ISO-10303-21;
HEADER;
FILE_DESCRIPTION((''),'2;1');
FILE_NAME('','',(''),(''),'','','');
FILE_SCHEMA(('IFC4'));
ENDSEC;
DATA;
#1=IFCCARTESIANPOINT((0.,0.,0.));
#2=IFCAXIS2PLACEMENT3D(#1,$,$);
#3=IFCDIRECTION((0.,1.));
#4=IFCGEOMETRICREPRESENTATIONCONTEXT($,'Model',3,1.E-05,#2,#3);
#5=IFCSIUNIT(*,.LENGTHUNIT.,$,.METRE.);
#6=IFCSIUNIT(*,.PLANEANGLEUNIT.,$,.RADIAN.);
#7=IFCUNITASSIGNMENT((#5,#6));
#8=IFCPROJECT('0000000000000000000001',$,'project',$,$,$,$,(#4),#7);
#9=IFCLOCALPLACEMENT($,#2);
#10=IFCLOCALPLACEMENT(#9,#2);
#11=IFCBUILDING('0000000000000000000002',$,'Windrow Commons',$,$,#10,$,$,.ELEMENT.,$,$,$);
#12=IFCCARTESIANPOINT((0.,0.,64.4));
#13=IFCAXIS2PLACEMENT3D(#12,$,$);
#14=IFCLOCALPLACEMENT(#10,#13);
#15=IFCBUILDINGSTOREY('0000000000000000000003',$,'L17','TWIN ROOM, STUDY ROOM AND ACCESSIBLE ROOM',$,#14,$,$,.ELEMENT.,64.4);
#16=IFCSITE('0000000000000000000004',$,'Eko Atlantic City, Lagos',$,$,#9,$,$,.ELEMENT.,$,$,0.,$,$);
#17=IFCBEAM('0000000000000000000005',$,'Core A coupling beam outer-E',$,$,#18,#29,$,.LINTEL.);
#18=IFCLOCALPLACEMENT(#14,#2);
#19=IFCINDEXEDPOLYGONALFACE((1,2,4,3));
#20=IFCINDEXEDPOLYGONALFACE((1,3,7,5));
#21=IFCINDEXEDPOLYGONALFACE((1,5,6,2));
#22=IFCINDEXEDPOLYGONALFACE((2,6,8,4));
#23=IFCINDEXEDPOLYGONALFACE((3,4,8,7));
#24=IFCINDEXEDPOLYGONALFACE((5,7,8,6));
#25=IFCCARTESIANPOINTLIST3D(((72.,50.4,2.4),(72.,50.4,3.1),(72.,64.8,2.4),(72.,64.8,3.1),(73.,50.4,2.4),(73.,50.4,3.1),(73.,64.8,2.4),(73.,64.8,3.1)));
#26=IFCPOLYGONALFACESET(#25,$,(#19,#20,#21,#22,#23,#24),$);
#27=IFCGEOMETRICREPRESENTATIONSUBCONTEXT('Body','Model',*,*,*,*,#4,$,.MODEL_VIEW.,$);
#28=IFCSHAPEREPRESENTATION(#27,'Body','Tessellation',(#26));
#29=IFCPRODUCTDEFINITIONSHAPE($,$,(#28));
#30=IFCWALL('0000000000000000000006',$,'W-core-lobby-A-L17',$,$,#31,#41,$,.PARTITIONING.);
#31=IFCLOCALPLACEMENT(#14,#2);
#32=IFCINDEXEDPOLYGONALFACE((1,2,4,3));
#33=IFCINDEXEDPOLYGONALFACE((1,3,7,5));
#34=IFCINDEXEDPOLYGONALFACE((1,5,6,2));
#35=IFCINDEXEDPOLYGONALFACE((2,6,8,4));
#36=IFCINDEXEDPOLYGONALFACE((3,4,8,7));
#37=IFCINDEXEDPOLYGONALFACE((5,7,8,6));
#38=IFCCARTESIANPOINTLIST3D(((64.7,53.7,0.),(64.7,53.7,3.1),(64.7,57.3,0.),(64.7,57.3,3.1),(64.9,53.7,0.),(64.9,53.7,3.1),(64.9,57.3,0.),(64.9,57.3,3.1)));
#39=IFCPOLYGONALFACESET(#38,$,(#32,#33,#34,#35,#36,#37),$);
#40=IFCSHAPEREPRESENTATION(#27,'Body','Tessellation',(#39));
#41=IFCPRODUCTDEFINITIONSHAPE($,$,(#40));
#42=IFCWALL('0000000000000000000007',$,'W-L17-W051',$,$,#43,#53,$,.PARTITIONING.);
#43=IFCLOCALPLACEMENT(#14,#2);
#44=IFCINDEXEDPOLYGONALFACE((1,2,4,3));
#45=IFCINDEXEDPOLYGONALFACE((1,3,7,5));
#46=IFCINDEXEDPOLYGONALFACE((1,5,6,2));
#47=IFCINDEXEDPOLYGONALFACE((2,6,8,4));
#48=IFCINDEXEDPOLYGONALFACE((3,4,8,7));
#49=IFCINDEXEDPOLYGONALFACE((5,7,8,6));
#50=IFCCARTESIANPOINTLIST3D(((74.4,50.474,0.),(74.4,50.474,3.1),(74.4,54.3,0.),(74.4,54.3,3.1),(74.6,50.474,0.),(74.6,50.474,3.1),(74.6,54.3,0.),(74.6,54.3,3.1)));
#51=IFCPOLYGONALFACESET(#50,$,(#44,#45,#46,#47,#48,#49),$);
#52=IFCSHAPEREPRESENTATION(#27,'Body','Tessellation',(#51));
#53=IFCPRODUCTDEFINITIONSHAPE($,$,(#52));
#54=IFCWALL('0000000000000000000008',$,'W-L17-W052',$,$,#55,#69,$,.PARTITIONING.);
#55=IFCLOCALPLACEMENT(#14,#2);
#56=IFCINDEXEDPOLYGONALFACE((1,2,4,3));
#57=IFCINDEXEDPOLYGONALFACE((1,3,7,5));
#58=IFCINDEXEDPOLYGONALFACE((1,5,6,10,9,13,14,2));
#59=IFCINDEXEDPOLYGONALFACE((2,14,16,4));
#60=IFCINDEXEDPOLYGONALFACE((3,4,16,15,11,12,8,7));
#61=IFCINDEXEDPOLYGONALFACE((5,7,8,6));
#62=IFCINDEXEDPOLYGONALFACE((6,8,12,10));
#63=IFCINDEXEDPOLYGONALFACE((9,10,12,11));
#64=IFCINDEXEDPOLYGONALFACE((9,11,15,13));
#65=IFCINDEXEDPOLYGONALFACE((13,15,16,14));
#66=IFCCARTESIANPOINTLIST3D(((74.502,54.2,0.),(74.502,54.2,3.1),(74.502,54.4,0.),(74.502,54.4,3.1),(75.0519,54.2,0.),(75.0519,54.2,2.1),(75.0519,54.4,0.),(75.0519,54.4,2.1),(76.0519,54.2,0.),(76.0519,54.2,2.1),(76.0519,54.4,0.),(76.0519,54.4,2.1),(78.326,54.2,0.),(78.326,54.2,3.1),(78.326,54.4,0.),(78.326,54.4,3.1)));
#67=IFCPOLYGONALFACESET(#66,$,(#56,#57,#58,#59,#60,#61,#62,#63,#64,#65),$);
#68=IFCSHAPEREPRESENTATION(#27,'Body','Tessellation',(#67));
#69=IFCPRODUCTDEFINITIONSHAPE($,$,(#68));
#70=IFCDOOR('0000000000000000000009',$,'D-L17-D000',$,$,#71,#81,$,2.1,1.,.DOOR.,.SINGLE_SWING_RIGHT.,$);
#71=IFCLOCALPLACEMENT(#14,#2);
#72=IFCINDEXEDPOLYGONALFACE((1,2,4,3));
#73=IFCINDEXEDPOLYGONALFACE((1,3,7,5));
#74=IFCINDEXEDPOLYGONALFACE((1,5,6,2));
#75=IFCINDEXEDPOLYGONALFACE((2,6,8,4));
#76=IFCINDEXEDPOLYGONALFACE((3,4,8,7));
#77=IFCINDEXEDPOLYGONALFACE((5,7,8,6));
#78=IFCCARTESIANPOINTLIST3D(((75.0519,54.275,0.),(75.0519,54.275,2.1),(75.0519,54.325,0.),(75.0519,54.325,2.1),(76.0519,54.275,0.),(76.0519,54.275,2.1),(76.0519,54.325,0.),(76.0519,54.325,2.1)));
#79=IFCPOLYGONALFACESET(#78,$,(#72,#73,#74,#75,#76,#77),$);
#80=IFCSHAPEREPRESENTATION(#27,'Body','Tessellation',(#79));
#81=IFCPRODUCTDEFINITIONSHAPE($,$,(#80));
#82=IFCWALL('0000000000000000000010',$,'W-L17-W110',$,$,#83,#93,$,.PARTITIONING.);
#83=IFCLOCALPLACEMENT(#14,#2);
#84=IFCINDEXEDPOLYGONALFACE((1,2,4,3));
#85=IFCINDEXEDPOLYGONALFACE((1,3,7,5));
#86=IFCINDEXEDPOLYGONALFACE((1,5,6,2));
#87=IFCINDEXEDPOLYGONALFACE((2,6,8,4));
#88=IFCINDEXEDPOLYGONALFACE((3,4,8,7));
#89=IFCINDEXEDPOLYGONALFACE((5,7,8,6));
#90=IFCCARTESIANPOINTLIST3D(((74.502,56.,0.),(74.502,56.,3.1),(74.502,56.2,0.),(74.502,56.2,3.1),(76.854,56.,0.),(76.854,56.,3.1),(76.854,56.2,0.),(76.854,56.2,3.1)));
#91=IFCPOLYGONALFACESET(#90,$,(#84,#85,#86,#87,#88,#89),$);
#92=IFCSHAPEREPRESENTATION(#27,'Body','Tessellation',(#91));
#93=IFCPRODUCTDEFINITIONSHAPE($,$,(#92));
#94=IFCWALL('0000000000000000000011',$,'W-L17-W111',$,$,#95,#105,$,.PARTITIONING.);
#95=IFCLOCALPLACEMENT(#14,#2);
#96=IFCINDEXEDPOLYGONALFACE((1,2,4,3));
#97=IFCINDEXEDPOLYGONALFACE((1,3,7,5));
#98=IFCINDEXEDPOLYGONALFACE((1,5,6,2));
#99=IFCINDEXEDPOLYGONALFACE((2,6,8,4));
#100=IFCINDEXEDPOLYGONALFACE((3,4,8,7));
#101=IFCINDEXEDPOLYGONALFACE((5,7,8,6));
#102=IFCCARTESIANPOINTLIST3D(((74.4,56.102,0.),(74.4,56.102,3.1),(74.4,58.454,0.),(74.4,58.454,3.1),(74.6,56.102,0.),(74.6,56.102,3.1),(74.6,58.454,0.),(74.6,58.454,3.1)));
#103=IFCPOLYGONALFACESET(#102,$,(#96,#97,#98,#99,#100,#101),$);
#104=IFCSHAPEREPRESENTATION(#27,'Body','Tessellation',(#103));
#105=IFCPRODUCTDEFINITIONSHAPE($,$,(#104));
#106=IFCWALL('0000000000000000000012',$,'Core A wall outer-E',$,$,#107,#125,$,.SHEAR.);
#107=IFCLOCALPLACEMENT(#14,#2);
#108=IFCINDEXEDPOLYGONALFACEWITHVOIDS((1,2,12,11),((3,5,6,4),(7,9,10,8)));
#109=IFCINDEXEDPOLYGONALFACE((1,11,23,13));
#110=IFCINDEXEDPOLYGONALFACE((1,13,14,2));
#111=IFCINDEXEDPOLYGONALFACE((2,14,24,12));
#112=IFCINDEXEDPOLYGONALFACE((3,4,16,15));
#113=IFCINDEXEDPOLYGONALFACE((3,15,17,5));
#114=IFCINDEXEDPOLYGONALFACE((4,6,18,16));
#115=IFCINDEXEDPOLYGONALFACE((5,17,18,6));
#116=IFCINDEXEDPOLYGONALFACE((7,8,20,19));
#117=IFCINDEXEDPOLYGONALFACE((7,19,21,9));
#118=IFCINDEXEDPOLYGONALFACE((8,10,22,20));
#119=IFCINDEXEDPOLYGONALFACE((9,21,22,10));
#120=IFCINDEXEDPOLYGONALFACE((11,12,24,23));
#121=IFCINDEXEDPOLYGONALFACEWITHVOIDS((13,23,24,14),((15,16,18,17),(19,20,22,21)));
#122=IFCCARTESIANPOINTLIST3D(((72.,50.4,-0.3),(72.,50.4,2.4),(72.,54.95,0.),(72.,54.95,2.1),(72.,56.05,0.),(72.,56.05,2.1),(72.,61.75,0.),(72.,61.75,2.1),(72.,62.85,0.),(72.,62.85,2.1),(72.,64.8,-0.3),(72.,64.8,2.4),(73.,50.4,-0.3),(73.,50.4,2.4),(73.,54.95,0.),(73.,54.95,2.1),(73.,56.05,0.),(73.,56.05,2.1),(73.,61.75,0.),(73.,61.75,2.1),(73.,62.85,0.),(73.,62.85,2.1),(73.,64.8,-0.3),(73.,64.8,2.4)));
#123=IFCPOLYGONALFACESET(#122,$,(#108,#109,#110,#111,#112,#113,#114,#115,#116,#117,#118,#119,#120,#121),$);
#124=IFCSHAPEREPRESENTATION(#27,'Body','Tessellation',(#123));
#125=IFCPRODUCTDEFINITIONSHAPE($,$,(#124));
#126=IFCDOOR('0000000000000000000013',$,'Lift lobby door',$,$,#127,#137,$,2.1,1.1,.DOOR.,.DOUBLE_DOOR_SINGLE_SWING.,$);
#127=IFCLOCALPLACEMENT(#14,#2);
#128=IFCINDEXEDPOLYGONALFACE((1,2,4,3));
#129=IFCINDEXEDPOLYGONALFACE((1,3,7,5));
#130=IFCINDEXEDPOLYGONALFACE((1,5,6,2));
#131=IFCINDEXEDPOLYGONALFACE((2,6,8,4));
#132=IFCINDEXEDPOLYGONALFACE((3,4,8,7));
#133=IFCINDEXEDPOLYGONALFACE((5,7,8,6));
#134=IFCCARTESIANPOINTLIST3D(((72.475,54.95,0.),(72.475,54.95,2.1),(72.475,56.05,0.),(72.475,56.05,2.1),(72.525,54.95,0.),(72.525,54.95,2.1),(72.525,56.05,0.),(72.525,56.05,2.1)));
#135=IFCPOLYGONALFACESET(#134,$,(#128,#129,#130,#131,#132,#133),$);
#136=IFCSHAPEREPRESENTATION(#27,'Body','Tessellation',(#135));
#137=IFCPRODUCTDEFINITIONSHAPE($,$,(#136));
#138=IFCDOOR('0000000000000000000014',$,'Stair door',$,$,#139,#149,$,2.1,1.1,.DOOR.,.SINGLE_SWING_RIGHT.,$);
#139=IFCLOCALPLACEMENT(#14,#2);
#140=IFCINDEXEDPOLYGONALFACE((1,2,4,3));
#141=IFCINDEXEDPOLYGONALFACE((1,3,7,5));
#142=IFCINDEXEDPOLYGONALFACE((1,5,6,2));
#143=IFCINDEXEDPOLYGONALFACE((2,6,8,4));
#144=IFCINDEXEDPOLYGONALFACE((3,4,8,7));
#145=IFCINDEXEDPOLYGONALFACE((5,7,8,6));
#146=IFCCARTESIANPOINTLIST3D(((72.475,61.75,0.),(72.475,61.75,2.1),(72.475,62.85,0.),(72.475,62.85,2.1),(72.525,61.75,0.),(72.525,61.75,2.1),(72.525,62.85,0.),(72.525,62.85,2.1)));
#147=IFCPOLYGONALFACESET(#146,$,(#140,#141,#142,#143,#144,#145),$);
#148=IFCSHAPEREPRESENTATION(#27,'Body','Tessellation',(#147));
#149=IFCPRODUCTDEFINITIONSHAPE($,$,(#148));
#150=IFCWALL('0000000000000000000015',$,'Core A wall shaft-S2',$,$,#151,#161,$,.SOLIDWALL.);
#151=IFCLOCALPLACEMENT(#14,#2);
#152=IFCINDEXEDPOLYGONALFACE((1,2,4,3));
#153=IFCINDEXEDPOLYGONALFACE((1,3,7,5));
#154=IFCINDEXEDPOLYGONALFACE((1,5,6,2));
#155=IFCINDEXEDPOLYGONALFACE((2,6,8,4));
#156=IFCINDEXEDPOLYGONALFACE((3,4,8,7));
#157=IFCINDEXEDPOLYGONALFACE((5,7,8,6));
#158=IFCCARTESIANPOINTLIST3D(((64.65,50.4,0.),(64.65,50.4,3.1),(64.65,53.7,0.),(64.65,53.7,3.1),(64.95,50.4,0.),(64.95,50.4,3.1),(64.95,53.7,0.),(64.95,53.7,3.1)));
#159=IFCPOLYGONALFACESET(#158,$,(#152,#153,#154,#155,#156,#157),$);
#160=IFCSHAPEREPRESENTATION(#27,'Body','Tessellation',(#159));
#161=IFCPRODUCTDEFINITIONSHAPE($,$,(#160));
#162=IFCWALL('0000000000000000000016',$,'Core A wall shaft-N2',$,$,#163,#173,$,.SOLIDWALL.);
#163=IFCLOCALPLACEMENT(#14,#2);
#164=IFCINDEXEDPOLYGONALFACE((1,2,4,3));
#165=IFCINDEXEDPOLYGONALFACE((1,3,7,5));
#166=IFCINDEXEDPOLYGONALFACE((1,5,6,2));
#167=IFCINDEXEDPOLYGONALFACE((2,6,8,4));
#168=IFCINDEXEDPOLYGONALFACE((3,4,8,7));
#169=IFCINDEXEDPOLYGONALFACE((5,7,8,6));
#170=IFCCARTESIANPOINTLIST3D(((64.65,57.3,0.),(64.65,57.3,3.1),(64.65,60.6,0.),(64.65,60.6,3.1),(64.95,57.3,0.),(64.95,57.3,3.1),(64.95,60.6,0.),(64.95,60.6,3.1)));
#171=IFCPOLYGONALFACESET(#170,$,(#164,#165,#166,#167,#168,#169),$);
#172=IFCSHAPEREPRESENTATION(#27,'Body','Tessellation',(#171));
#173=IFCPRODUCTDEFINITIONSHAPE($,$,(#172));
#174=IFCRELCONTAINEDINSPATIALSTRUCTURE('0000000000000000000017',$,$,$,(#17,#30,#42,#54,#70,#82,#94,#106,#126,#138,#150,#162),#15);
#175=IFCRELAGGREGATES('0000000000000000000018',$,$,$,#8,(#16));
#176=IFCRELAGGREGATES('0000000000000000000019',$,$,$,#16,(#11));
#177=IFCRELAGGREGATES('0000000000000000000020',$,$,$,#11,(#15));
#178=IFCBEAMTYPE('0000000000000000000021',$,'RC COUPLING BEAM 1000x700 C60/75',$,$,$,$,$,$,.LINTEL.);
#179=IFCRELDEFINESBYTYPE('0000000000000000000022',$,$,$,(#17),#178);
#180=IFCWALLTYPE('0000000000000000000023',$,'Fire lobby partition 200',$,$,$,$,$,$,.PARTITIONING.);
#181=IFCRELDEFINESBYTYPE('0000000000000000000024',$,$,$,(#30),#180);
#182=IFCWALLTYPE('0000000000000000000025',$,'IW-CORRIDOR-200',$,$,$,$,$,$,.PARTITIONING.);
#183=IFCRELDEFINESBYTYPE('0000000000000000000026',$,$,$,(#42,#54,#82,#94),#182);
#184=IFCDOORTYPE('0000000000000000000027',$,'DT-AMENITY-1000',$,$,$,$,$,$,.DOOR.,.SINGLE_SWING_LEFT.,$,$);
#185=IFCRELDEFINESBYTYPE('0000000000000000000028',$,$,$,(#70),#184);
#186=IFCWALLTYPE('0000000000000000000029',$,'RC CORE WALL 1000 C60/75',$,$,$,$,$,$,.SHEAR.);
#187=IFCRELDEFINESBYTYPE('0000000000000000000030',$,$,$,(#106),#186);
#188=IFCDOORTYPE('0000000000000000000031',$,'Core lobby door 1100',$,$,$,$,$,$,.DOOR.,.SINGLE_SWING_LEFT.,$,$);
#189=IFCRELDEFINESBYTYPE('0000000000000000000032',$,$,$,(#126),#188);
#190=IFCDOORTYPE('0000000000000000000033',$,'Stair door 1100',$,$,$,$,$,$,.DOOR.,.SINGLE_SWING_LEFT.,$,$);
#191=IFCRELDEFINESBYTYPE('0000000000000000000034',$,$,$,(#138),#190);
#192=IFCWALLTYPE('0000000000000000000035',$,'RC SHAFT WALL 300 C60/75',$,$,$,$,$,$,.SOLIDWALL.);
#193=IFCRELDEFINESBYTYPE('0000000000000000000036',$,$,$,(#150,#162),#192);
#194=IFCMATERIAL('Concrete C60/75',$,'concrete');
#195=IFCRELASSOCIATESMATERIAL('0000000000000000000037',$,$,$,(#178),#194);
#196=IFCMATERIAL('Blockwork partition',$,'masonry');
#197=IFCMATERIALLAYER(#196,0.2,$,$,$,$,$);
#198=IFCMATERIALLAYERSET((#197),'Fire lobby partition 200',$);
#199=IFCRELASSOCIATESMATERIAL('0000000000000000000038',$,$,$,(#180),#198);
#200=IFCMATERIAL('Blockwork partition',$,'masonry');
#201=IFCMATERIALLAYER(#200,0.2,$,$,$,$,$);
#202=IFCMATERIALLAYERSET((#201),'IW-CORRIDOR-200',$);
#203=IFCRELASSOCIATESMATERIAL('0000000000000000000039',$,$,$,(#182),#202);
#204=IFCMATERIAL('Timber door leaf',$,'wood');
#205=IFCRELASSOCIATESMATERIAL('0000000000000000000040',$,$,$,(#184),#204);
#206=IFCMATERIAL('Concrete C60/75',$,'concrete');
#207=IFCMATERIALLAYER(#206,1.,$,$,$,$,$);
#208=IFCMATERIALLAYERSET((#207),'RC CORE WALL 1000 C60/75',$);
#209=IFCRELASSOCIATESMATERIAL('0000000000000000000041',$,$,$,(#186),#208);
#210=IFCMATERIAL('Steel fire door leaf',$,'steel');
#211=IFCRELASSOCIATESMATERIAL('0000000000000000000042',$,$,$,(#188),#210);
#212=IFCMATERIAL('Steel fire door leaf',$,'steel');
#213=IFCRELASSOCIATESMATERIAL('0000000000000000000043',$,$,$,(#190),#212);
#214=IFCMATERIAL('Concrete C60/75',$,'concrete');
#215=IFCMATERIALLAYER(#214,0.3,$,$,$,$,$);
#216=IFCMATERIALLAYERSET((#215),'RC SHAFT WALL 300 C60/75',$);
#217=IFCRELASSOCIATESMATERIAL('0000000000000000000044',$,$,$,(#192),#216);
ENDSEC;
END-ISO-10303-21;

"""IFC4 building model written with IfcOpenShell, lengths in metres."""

from ifc_helpers import new_model, si_unit, direction, frame, frame_2d, origin, origin_2d, place, context, subcontext, project, spatial, rectangle, extrude, material, layer, layer_set, material_profile, profile_set, type_object, element, fill, save


model = new_model("IFC4")

# Units and contexts
model_context = context("Model", 3, precision=1e-05, world=origin(), true_north=direction((0.0, 1.0)))
body_context = subcontext(model_context, "Body", "Model", "MODEL_VIEW")
ifc_project = project(units=[si_unit("LENGTHUNIT", "METRE"), si_unit("PLANEANGLEUNIT", "RADIAN")], contexts=[model_context])

# Site, building, storey
site_placement = place(None, origin())
site = spatial("IfcSite", under=ifc_project, at=site_placement, Name="Eko Atlantic City, Lagos", CompositionType="ELEMENT", RefElevation=0.0)
building_placement = place(site_placement, origin())
building = spatial("IfcBuilding", under=site, at=building_placement, Name="Windrow Commons", CompositionType="ELEMENT")
storey_placement = place(building_placement, frame((0.0, 0.0, 64.4)))
storey = spatial("IfcBuildingStorey", under=building, at=storey_placement, Name="L17", Description="TWIN ROOM, STUDY ROOM AND ACCESSIBLE ROOM", CompositionType="ELEMENT", Elevation=64.4)

# Beam
ifc_material_1 = material(Name="Concrete C60/75", Category="concrete")
ifc_material_profile = material_profile(ifc_material_1, rectangle(XDim=1.0, YDim=0.7, at=origin_2d()))
ifc_profile_set = profile_set([ifc_material_profile], Name="Concrete C60/75")
beam_type = type_object("IfcBeamType", Name="RC COUPLING BEAM 1000x700 C60/75", PredefinedType="LINTEL", material=ifc_profile_set)
beam_placement = place(storey_placement, frame((72.5, 50.4, 2.75), z_axis=(0.0, 1.0, 0.0), x_axis=(-1.0, 0.0, 0.0)))
element("IfcBeam", 1, at=beam_placement, inside=storey, type_object=beam_type, Name="Core A coupling beam outer-E", PredefinedType="LINTEL", context=body_context, shape_type="SweptSolid", body=[
    extrude(rectangle(XDim=1.0, YDim=0.7, at=origin_2d()), origin(), (0.0, 0.0, 1.0), 14.4),
])

# Walls
ifc_material_2 = material(Name="Blockwork partition", Category="masonry")
ifc_layer_1 = layer(ifc_material_2, 0.2)
ifc_layer_set_1 = layer_set([ifc_layer_1], Name="Fire lobby partition 200")
wall_type_1 = type_object("IfcWallType", Name="Fire lobby partition 200", PredefinedType="PARTITIONING", material=ifc_layer_set_1)
wall_1_placement = place(storey_placement, frame((64.8, 53.7, 0.0), z_axis=(0.0, 0.0, 1.0), x_axis=(0.0, 1.0, 0.0)))
element("IfcWall", 2, at=wall_1_placement, inside=storey, type_object=wall_type_1, Name="W-core-lobby-A-L17", PredefinedType="PARTITIONING", context=body_context, shape_type="SweptSolid", body=[
    extrude(rectangle(XDim=3.6, YDim=0.2, at=frame_2d((1.8, 0.0))), origin(), (0.0, 0.0, 1.0), 3.1),
])
ifc_material_3 = material(Name="Blockwork partition", Category="masonry")
ifc_layer_2 = layer(ifc_material_3, 0.2)
ifc_layer_set_2 = layer_set([ifc_layer_2], Name="IW-CORRIDOR-200")
wall_type_2 = type_object("IfcWallType", Name="IW-CORRIDOR-200", PredefinedType="PARTITIONING", material=ifc_layer_set_2)
wall_2_placement = place(storey_placement, frame((74.5, 50.474, 0.0), z_axis=(0.0, 0.0, 1.0), x_axis=(0.0, 1.0, 0.0)))
element("IfcWall", 3, at=wall_2_placement, inside=storey, type_object=wall_type_2, Name="W-L17-W051", PredefinedType="PARTITIONING", context=body_context, shape_type="SweptSolid", body=[
    extrude(rectangle(XDim=3.826, YDim=0.2, at=frame_2d((1.913, 0.0))), origin(), (0.0, 0.0, 1.0), 3.1),
])

# Wall, opening, door
wall_3_placement = place(storey_placement, frame((74.502, 54.3, 0.0), z_axis=(0.0, 0.0, 1.0), x_axis=(1.0, 0.0, 0.0)))
wall_3 = element("IfcWall", 4, at=wall_3_placement, inside=storey, type_object=wall_type_2, Name="W-L17-W052", PredefinedType="PARTITIONING", context=body_context, shape_type="SweptSolid", body=[
    extrude(rectangle(XDim=3.824, YDim=0.2, at=frame_2d((1.912, 0.0))), origin(), (0.0, 0.0, 1.0), 3.1),
])
opening_1_placement = place(wall_3_placement, frame((0.5499, 0.0, 0.0)))
opening_1 = element("IfcOpeningElement", 5, at=opening_1_placement, cuts=wall_3, PredefinedType="OPENING", context=body_context, shape_type="SweptSolid", body=[
    extrude(rectangle(XDim=1.0, YDim=2.1, at=frame_2d((0.5, 1.05))), frame((0.0, 0.11, 0.0), z_axis=(0.0, -1.0, 0.0), x_axis=(1.0, 0.0, 0.0)), (0.0, 0.0, 1.0), 0.22),
])
ifc_material_4 = material(Name="Timber door leaf", Category="wood")
door_type_1 = type_object("IfcDoorType", Name="DT-AMENITY-1000", OperationType="SINGLE_SWING_LEFT", PredefinedType="DOOR", material=ifc_material_4)
door_1_placement = place(opening_1_placement, origin())
door_1 = element("IfcDoor", 6, at=door_1_placement, inside=storey, type_object=door_type_1, Name="D-L17-D000", OperationType="SINGLE_SWING_RIGHT", OverallHeight=2.1, OverallWidth=1.0, PredefinedType="DOOR", context=body_context, shape_type="SweptSolid", body=[
    extrude(rectangle(XDim=1.0, YDim=2.1, at=frame_2d((0.5, 1.05))), frame((0.0, 0.025, 0.0), z_axis=(0.0, -1.0, 0.0), x_axis=(1.0, 0.0, 0.0)), (0.0, 0.0, 1.0), 0.05),
])
fill(opening_1, door_1)

# Walls
for number, where, z_axis, x_axis, name in (
    (7, (74.502, 56.1, 0.0), (0.0, 0.0, 1.0), (1.0, 0.0, 0.0), "W-L17-W110"),
    (8, (74.5, 56.102, 0.0), (0.0, 0.0, 1.0), (0.0, 1.0, 0.0), "W-L17-W111"),
):
    element("IfcWall", number, at=place(storey_placement, frame(where, z_axis=z_axis, x_axis=x_axis)), inside=storey, type_object=wall_type_2, Name=name, PredefinedType="PARTITIONING", context=body_context, shape_type="SweptSolid", body=[
        extrude(rectangle(XDim=2.352, YDim=0.2, at=frame_2d((1.176, 0.0))), origin(), (0.0, 0.0, 1.0), 3.1),
    ])

# Wall, openings, doors
ifc_material_5 = material(Name="Concrete C60/75", Category="concrete")
ifc_layer_3 = layer(ifc_material_5, 1.0)
ifc_layer_set_3 = layer_set([ifc_layer_3], Name="RC CORE WALL 1000 C60/75")
wall_type_3 = type_object("IfcWallType", Name="RC CORE WALL 1000 C60/75", PredefinedType="SHEAR", material=ifc_layer_set_3)
wall_4_placement = place(storey_placement, frame((72.5, 50.4, -0.3), z_axis=(0.0, 0.0, 1.0), x_axis=(0.0, 1.0, 0.0)))
wall_4 = element("IfcWall", 9, at=wall_4_placement, inside=storey, type_object=wall_type_3, Name="Core A wall outer-E", PredefinedType="SHEAR", context=body_context, shape_type="SweptSolid", body=[
    extrude(rectangle(XDim=14.4, YDim=1.0, at=frame_2d((7.2, 0.0))), origin(), (0.0, 0.0, 1.0), 2.7),
])
opening_2_placement = place(wall_4_placement, frame((4.55, 0.0, 0.3)))
opening_2 = element("IfcOpeningElement", 10, at=opening_2_placement, cuts=wall_4, PredefinedType="OPENING", context=body_context, shape_type="SweptSolid", body=[
    extrude(rectangle(XDim=1.1, YDim=2.1, at=frame_2d((0.55, 1.05))), frame((0.0, 0.51, 0.0), z_axis=(0.0, -1.0, 0.0), x_axis=(1.0, 0.0, 0.0)), (0.0, 0.0, 1.0), 1.02),
])
opening_3_placement = place(wall_4_placement, frame((11.35, 0.0, 0.3)))
opening_3 = element("IfcOpeningElement", 11, at=opening_3_placement, cuts=wall_4, PredefinedType="OPENING", context=body_context, shape_type="SweptSolid", body=[
    extrude(rectangle(XDim=1.1, YDim=2.1, at=frame_2d((0.55, 1.05))), frame((0.0, 0.51, 0.0), z_axis=(0.0, -1.0, 0.0), x_axis=(1.0, 0.0, 0.0)), (0.0, 0.0, 1.0), 1.02),
])
ifc_material_6 = material(Name="Steel fire door leaf", Category="steel")
door_type_2 = type_object("IfcDoorType", Name="Core lobby door 1100", OperationType="SINGLE_SWING_LEFT", PredefinedType="DOOR", material=ifc_material_6)
door_2_placement = place(opening_2_placement, origin())
door_2 = element("IfcDoor", 12, at=door_2_placement, inside=storey, type_object=door_type_2, Name="Lift lobby door", OperationType="DOUBLE_DOOR_SINGLE_SWING", OverallHeight=2.1, OverallWidth=1.1, PredefinedType="DOOR", context=body_context, shape_type="SweptSolid", body=[
    extrude(rectangle(XDim=1.1, YDim=2.1, at=frame_2d((0.55, 1.05))), frame((0.0, 0.025, 0.0), z_axis=(0.0, -1.0, 0.0), x_axis=(1.0, 0.0, 0.0)), (0.0, 0.0, 1.0), 0.05),
])
fill(opening_2, door_2)
ifc_material_7 = material(Name="Steel fire door leaf", Category="steel")
door_type_3 = type_object("IfcDoorType", Name="Stair door 1100", OperationType="SINGLE_SWING_LEFT", PredefinedType="DOOR", material=ifc_material_7)
door_3_placement = place(opening_3_placement, origin())
door_3 = element("IfcDoor", 13, at=door_3_placement, inside=storey, type_object=door_type_3, Name="Stair door", OperationType="SINGLE_SWING_RIGHT", OverallHeight=2.1, OverallWidth=1.1, PredefinedType="DOOR", context=body_context, shape_type="SweptSolid", body=[
    extrude(rectangle(XDim=1.1, YDim=2.1, at=frame_2d((0.55, 1.05))), frame((0.0, 0.025, 0.0), z_axis=(0.0, -1.0, 0.0), x_axis=(1.0, 0.0, 0.0)), (0.0, 0.0, 1.0), 0.05),
])
fill(opening_3, door_3)

# Walls
ifc_material_8 = material(Name="Concrete C60/75", Category="concrete")
ifc_layer_4 = layer(ifc_material_8, 0.3)
ifc_layer_set_4 = layer_set([ifc_layer_4], Name="RC SHAFT WALL 300 C60/75")
wall_type_4 = type_object("IfcWallType", Name="RC SHAFT WALL 300 C60/75", PredefinedType="SOLIDWALL", material=ifc_layer_set_4)
for number, where, z_axis, x_axis, name in (
    (14, (64.8, 50.4, 0.0), (0.0, 0.0, 1.0), (0.0, 1.0, 0.0), "Core A wall shaft-S2"),
    (15, (64.8, 57.3, 0.0), (0.0, 0.0, 1.0), (0.0, 1.0, 0.0), "Core A wall shaft-N2"),
):
    element("IfcWall", number, at=place(storey_placement, frame(where, z_axis=z_axis, x_axis=x_axis)), inside=storey, type_object=wall_type_4, Name=name, PredefinedType="SOLIDWALL", context=body_context, shape_type="SweptSolid", body=[
        extrude(rectangle(XDim=3.3, YDim=0.3, at=frame_2d((1.65, 0.0))), origin(), (0.0, 0.0, 1.0), 3.1),
    ])

save(model, "model.ifc")
